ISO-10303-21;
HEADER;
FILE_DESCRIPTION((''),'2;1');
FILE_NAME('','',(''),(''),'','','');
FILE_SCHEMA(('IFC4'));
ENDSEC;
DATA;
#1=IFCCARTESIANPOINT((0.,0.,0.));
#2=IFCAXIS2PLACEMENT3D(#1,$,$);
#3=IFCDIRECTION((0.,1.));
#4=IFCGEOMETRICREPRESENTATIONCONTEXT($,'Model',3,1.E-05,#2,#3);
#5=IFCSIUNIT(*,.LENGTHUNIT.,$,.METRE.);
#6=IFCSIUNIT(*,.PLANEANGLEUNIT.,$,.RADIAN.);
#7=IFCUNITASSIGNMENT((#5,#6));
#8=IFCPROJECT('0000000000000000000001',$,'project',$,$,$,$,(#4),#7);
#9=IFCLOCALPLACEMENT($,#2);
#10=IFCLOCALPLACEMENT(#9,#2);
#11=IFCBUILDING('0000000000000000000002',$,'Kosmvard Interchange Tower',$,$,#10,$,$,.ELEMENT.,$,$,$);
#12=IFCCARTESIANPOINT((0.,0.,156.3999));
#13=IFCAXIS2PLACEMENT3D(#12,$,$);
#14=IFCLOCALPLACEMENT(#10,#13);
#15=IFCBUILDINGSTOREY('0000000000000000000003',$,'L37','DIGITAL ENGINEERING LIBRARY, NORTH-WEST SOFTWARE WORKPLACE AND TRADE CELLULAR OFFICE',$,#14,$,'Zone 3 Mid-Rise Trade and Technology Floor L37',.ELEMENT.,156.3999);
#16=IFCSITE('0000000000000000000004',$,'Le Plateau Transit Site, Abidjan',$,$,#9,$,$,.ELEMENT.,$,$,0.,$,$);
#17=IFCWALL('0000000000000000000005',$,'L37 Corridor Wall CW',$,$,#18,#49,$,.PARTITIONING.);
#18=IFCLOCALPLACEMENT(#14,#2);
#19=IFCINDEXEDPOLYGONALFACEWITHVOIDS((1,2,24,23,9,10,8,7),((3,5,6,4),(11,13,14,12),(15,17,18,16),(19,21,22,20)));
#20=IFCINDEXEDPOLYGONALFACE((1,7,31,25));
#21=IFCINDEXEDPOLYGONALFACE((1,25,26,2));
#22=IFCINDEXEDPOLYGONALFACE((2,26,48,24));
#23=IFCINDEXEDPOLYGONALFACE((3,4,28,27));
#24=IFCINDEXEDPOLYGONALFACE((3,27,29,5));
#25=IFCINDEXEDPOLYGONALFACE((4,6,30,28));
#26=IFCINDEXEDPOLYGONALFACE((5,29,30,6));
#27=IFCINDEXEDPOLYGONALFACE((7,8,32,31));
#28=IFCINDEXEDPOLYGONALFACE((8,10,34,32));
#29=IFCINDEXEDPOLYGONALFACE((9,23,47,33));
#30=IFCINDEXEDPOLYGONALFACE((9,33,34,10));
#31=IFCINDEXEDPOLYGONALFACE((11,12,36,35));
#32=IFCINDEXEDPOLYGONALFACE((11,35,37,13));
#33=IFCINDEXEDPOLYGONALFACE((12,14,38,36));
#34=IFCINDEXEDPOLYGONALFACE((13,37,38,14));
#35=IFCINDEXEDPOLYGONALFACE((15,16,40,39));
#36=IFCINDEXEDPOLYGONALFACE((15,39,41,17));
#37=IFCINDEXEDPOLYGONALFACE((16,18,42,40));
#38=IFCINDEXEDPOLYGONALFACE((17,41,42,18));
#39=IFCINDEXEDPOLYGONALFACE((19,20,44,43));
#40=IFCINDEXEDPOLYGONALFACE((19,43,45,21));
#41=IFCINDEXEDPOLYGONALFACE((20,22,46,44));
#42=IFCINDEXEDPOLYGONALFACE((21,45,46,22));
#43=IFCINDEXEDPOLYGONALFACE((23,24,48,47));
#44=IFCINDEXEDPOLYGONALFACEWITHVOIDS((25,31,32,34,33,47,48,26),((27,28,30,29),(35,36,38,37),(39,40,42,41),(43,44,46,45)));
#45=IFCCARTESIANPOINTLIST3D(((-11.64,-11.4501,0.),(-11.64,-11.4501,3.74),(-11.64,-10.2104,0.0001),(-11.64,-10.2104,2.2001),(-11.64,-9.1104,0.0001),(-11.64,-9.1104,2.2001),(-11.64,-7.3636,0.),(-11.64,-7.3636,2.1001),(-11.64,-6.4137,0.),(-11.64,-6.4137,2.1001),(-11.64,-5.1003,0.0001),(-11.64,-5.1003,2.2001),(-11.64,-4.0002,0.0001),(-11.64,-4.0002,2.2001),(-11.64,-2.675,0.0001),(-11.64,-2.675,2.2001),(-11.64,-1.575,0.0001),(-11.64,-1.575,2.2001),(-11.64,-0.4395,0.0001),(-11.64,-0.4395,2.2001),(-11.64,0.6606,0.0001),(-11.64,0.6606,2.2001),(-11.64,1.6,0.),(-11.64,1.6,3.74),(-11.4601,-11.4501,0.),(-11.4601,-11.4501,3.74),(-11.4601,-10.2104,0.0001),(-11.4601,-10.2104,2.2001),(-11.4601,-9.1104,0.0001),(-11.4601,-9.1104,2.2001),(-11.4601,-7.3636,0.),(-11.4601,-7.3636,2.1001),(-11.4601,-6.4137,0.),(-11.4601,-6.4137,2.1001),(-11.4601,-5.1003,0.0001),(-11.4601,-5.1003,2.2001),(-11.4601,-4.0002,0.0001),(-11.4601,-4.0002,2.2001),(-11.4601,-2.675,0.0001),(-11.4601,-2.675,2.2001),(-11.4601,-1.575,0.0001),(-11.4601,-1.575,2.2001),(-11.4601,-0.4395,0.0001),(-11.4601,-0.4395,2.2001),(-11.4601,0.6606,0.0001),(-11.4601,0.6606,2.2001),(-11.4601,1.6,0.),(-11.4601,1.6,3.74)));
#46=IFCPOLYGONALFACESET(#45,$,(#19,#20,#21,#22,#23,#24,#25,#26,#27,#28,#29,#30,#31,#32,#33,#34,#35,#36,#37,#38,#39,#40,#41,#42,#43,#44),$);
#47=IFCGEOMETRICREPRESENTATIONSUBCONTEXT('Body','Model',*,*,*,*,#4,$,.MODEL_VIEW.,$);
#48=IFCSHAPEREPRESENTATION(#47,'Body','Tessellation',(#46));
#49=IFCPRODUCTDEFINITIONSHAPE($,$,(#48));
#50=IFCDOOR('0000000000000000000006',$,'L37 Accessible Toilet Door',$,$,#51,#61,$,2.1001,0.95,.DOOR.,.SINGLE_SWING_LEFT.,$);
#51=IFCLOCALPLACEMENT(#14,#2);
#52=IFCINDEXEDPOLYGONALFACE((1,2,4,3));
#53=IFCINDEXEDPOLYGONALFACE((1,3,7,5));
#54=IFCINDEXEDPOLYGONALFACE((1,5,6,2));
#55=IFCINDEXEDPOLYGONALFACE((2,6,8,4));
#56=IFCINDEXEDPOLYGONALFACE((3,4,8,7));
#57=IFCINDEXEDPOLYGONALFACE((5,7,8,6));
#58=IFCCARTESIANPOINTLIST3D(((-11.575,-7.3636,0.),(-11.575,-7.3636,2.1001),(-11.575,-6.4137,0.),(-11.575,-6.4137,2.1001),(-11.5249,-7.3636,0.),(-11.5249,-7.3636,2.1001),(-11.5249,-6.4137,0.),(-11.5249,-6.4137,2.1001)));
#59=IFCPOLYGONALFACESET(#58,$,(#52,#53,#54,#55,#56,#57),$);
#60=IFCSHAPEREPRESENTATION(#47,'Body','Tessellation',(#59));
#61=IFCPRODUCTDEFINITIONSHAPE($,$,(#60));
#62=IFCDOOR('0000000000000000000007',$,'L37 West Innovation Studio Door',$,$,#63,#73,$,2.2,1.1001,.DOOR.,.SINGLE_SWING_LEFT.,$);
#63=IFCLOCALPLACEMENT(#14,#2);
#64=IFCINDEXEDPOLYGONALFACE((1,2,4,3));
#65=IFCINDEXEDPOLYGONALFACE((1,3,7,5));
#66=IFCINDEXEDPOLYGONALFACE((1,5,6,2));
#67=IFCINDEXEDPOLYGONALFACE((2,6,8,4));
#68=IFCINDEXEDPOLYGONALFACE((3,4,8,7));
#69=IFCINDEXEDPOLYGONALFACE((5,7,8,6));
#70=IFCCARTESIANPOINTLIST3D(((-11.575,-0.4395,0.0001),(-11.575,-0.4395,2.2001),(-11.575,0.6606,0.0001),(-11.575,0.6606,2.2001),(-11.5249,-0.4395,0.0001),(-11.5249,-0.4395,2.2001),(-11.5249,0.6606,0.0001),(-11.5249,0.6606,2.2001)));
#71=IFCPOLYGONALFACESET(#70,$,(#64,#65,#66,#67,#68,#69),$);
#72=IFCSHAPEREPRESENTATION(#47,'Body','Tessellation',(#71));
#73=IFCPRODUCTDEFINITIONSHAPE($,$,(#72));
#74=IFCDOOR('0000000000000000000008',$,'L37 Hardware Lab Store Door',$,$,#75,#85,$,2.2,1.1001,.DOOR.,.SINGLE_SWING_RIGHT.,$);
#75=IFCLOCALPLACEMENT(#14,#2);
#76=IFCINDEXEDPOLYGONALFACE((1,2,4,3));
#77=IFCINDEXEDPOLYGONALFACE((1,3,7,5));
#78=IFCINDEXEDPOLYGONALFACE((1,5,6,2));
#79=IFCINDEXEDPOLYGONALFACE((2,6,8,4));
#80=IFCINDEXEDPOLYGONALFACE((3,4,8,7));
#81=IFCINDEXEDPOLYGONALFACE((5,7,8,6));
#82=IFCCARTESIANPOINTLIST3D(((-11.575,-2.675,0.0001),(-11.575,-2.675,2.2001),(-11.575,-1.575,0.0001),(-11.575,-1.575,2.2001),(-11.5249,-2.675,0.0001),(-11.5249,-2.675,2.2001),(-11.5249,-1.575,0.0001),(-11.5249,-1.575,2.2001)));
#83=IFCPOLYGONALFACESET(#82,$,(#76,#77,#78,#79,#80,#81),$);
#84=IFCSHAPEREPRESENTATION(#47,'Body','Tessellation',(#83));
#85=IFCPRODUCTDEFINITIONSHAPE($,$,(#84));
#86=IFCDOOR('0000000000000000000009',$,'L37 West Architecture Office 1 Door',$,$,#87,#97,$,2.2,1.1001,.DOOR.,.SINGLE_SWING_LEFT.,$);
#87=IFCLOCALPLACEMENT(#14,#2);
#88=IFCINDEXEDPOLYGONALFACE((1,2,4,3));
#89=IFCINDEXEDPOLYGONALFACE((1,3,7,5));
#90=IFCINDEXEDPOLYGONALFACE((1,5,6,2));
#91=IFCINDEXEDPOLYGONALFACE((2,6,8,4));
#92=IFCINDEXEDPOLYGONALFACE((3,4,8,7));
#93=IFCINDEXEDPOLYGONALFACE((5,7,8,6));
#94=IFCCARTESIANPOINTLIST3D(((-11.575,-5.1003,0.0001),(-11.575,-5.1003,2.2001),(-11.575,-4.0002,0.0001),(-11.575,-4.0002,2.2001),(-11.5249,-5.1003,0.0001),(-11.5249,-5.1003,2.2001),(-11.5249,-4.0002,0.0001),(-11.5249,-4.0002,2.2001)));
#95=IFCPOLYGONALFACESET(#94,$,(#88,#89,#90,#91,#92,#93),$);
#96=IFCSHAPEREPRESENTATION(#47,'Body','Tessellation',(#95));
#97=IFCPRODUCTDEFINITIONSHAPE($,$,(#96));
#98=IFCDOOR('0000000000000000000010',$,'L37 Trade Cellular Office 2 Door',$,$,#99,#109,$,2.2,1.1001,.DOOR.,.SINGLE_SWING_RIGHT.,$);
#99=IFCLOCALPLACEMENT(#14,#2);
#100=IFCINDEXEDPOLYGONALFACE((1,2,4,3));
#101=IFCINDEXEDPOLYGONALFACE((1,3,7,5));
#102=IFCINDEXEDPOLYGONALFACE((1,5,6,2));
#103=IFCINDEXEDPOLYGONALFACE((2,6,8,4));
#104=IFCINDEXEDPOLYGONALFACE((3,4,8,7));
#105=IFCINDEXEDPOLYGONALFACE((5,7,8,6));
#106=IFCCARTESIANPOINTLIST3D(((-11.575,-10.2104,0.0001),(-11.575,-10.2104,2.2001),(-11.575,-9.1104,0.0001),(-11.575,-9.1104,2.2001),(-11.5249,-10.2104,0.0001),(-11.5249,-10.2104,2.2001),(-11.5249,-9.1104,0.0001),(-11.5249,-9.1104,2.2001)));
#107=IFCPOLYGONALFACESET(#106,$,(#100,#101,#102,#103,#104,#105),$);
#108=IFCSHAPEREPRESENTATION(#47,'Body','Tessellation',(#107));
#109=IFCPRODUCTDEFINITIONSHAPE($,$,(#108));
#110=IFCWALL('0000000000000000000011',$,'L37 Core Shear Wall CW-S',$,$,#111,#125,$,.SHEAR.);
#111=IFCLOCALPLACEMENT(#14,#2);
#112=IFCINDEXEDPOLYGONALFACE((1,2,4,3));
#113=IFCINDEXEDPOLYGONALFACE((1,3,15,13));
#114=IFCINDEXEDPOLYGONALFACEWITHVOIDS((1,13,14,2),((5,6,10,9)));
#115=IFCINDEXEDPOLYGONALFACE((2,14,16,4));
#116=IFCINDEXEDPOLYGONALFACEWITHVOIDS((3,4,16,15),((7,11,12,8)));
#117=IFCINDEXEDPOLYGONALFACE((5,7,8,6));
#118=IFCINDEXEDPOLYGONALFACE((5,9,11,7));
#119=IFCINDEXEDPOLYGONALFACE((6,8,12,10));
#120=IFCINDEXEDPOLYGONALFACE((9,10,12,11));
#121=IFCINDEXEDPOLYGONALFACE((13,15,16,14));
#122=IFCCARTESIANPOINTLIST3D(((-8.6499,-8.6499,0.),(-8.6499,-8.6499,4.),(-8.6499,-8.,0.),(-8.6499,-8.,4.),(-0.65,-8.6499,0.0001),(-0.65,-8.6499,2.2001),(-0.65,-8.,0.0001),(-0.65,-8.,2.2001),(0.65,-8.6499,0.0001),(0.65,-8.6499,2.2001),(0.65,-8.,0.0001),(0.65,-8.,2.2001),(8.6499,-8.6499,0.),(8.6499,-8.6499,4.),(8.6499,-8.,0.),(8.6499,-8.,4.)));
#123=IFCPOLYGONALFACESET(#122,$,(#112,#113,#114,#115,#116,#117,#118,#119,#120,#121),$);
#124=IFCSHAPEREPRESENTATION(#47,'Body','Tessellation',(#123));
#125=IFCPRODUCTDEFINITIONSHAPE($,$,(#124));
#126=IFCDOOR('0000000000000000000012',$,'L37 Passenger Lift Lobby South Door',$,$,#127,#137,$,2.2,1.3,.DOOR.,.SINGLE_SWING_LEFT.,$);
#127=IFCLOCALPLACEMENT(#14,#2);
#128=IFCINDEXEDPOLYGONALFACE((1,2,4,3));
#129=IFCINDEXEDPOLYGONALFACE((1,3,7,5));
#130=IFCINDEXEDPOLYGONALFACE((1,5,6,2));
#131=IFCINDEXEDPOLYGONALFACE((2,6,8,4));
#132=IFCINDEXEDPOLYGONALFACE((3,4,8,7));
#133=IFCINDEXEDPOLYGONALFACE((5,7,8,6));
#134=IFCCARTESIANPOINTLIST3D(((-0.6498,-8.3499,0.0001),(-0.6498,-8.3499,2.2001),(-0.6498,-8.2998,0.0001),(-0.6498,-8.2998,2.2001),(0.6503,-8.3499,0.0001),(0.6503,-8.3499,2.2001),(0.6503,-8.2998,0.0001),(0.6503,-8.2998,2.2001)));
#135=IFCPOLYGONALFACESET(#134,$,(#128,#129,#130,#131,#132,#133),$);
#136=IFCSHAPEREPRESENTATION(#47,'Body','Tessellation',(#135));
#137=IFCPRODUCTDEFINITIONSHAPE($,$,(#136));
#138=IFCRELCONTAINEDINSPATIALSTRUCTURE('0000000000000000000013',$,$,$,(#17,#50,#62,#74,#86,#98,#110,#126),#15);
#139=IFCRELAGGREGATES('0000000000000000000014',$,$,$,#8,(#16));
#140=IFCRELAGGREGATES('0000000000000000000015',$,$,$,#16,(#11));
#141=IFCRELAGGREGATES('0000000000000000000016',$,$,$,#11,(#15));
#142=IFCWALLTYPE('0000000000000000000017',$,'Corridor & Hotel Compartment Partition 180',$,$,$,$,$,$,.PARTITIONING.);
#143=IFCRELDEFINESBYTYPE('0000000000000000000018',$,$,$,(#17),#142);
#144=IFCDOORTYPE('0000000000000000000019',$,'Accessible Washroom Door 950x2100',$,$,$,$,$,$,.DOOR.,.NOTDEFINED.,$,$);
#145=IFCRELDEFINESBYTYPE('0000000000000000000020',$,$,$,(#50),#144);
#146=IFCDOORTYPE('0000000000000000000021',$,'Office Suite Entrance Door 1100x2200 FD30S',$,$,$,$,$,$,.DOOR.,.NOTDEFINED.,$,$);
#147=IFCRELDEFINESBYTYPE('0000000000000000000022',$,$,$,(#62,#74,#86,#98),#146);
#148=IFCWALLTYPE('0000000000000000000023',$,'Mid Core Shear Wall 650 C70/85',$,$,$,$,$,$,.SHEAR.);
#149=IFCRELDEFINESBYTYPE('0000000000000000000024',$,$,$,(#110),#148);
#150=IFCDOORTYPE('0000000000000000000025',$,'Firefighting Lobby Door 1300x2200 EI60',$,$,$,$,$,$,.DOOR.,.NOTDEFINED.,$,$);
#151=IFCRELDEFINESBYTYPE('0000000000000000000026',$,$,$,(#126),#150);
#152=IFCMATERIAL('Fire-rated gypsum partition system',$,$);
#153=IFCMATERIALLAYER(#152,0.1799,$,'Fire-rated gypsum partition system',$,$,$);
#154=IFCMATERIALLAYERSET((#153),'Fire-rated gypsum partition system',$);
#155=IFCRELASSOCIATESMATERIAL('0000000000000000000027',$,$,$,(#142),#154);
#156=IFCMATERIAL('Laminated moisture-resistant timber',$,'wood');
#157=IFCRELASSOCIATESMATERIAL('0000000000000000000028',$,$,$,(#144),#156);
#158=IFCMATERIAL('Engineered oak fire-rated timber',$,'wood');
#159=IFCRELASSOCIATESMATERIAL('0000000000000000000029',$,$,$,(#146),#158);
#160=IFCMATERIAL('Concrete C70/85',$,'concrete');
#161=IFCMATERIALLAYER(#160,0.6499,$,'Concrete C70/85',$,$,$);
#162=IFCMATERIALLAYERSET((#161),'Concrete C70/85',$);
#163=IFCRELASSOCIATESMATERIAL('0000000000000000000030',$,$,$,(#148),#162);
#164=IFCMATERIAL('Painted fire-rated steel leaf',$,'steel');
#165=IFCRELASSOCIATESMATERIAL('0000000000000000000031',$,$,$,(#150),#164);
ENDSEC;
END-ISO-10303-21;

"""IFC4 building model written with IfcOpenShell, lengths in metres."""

from ifc_helpers import new_model, si_unit, direction, frame, frame_2d, origin, place, context, subcontext, project, spatial, rectangle, extrude, source, transform, mapped, material, layer, layer_set, type_object, element, fill, save


model = new_model("IFC4")

# Units and contexts
model_context = context("Model", 3, precision=1e-05, world=origin(), true_north=direction((0.0, 1.0)))
body_context = subcontext(model_context, "Body", "Model", "MODEL_VIEW")
ifc_project = project(units=[si_unit("LENGTHUNIT", "METRE"), si_unit("PLANEANGLEUNIT", "RADIAN")], contexts=[model_context])

# Site, building, storey
site_placement = place(None, origin())
site = spatial("IfcSite", under=ifc_project, at=site_placement, Name="Le Plateau Transit Site, Abidjan", CompositionType="ELEMENT", RefElevation=0.0)
building_placement = place(site_placement, origin())
building = spatial("IfcBuilding", under=site, at=building_placement, Name="Kosmvard Interchange Tower", CompositionType="ELEMENT")
storey_placement = place(building_placement, frame((0.0, 0.0, 156.3999)))
storey = spatial("IfcBuildingStorey", under=building, at=storey_placement, Name="L37", Description="DIGITAL ENGINEERING LIBRARY, NORTH-WEST SOFTWARE WORKPLACE AND TRADE CELLULAR OFFICE", LongName="Zone 3 Mid-Rise Trade and Technology Floor L37", CompositionType="ELEMENT", Elevation=156.3999)

# Wall, openings, doors
ifc_material_1 = material(Name="Fire-rated gypsum partition system")
ifc_layer_1 = layer(ifc_material_1, 0.1799, Name="Fire-rated gypsum partition system")
ifc_layer_set_1 = layer_set([ifc_layer_1], Name="Fire-rated gypsum partition system")
wall_type_1 = type_object("IfcWallType", Name="Corridor & Hotel Compartment Partition 180", PredefinedType="PARTITIONING", material=ifc_layer_set_1)
ifc_material_2 = material(Name="Laminated moisture-resistant timber", Category="wood")
door_type_1 = type_object("IfcDoorType", Name="Accessible Washroom Door 950x2100", OperationType="NOTDEFINED", PredefinedType="DOOR", material=ifc_material_2)
shared_shape_1 = source(origin(), body_context, "Body", "SweptSolid", [
    extrude(rectangle(XDim=0.95, YDim=2.1001, at=frame_2d((0.4751, 1.05))), frame((0.0, 0.0249, 0.0), z_axis=(0.0, -1.0, 0.0), x_axis=(1.0, 0.0, 0.0)), (0.0, 0.0, 1.0), 0.05),
])
ifc_material_3 = material(Name="Engineered oak fire-rated timber", Category="wood")
door_type_2 = type_object("IfcDoorType", Name="Office Suite Entrance Door 1100x2200 FD30S", OperationType="NOTDEFINED", PredefinedType="DOOR", material=ifc_material_3)
shared_shape_2 = source(origin(), body_context, "Body", "SweptSolid", [
    extrude(rectangle(XDim=1.1001, YDim=2.2, at=frame_2d((0.55, 1.1001))), frame((0.0, 0.0249, 0.0), z_axis=(0.0, -1.0, 0.0), x_axis=(1.0, 0.0, 0.0)), (0.0, 0.0, 1.0), 0.05),
])
wall_1_placement = place(storey_placement, frame((-11.55, -11.45, 0.0), z_axis=(0.0, 0.0, 1.0), x_axis=(0.0, 1.0, 0.0)))
wall_1 = element("IfcWall", 1, at=wall_1_placement, inside=storey, type_object=wall_type_1, Name="L37 Corridor Wall CW", PredefinedType="PARTITIONING", context=body_context, shape_type="SweptSolid", body=[
    extrude(rectangle(XDim=13.05, YDim=0.1799, at=frame_2d((6.5249, 0.0))), origin(), (0.0, 0.0, 1.0), 3.74),
])
opening_1_placement = place(wall_1_placement, frame((4.0862, 0.0, 0.0)))
opening_1 = element("IfcOpeningElement", 2, at=opening_1_placement, cuts=wall_1, PredefinedType="OPENING", context=body_context, shape_type="SweptSolid", body=[
    extrude(rectangle(XDim=0.95, YDim=2.1001, at=frame_2d((0.4751, 1.05))), frame((0.0, 0.1001, 0.0), z_axis=(0.0, -1.0, 0.0), x_axis=(1.0, 0.0, 0.0)), (0.0, 0.0, 1.0), 0.2),
])
opening_2_placement = place(wall_1_placement, frame((11.0105, 0.0, 0.0)))
opening_2 = element("IfcOpeningElement", 3, at=opening_2_placement, cuts=wall_1, PredefinedType="OPENING", context=body_context, shape_type="SweptSolid", body=[
    extrude(rectangle(XDim=1.1001, YDim=2.2, at=frame_2d((0.55, 1.1001))), frame((0.0, 0.1001, 0.0), z_axis=(0.0, -1.0, 0.0), x_axis=(1.0, 0.0, 0.0)), (0.0, 0.0, 1.0), 0.2),
])
opening_3_placement = place(wall_1_placement, frame((8.7749, 0.0, 0.0)))
opening_3 = element("IfcOpeningElement", 4, at=opening_3_placement, cuts=wall_1, PredefinedType="OPENING", context=body_context, shape_type="SweptSolid", body=[
    extrude(rectangle(XDim=1.1001, YDim=2.2, at=frame_2d((0.55, 1.1001))), frame((0.0, 0.1001, 0.0), z_axis=(0.0, -1.0, 0.0), x_axis=(1.0, 0.0, 0.0)), (0.0, 0.0, 1.0), 0.2),
])
opening_4_placement = place(wall_1_placement, frame((6.3496, 0.0, 0.0)))
opening_4 = element("IfcOpeningElement", 5, at=opening_4_placement, cuts=wall_1, PredefinedType="OPENING", context=body_context, shape_type="SweptSolid", body=[
    extrude(rectangle(XDim=1.1001, YDim=2.2, at=frame_2d((0.55, 1.1001))), frame((0.0, 0.1001, 0.0), z_axis=(0.0, -1.0, 0.0), x_axis=(1.0, 0.0, 0.0)), (0.0, 0.0, 1.0), 0.2),
])
opening_5_placement = place(wall_1_placement, frame((1.2395, 0.0, 0.0)))
opening_5 = element("IfcOpeningElement", 6, at=opening_5_placement, cuts=wall_1, PredefinedType="OPENING", context=body_context, shape_type="SweptSolid", body=[
    extrude(rectangle(XDim=1.1001, YDim=2.2, at=frame_2d((0.55, 1.1001))), frame((0.0, 0.1001, 0.0), z_axis=(0.0, -1.0, 0.0), x_axis=(1.0, 0.0, 0.0)), (0.0, 0.0, 1.0), 0.2),
])
door_1_placement = place(opening_1_placement, origin())
door_1 = element("IfcDoor", 7, at=door_1_placement, inside=storey, type_object=door_type_1, Name="L37 Accessible Toilet Door", OperationType="SINGLE_SWING_LEFT", OverallHeight=2.1001, OverallWidth=0.95, PredefinedType="DOOR", context=body_context, shape_type="MappedRepresentation", body=[
    mapped(shared_shape_1, transform((0.0, 0.0, 0.0), scale=1.0)),
])
fill(opening_1, door_1)
door_2_placement = place(opening_2_placement, origin())
door_2 = element("IfcDoor", 8, at=door_2_placement, inside=storey, type_object=door_type_2, Name="L37 West Innovation Studio Door", OperationType="SINGLE_SWING_LEFT", OverallHeight=2.2, OverallWidth=1.1001, PredefinedType="DOOR", context=body_context, shape_type="MappedRepresentation", body=[
    mapped(shared_shape_2, transform((0.0, 0.0, 0.0), scale=1.0)),
])
fill(opening_2, door_2)
door_3_placement = place(opening_3_placement, origin())
door_3 = element("IfcDoor", 9, at=door_3_placement, inside=storey, type_object=door_type_2, Name="L37 Hardware Lab Store Door", OperationType="SINGLE_SWING_RIGHT", OverallHeight=2.2, OverallWidth=1.1001, PredefinedType="DOOR", context=body_context, shape_type="MappedRepresentation", body=[
    mapped(shared_shape_2, transform((0.0, 0.0, 0.0), scale=1.0)),
])
fill(opening_3, door_3)
door_4_placement = place(opening_4_placement, origin())
door_4 = element("IfcDoor", 10, at=door_4_placement, inside=storey, type_object=door_type_2, Name="L37 West Architecture Office 1 Door", OperationType="SINGLE_SWING_LEFT", OverallHeight=2.2, OverallWidth=1.1001, PredefinedType="DOOR", context=body_context, shape_type="MappedRepresentation", body=[
    mapped(shared_shape_2, transform((0.0, 0.0, 0.0), scale=1.0)),
])
fill(opening_4, door_4)
door_5_placement = place(opening_5_placement, origin())
door_5 = element("IfcDoor", 11, at=door_5_placement, inside=storey, type_object=door_type_2, Name="L37 Trade Cellular Office 2 Door", OperationType="SINGLE_SWING_RIGHT", OverallHeight=2.2, OverallWidth=1.1001, PredefinedType="DOOR", context=body_context, shape_type="MappedRepresentation", body=[
    mapped(shared_shape_2, transform((0.0, 0.0, 0.0), scale=1.0)),
])
fill(opening_5, door_5)

# Wall, opening, door
ifc_material_4 = material(Name="Concrete C70/85", Category="concrete")
ifc_layer_2 = layer(ifc_material_4, 0.6499, Name="Concrete C70/85")
ifc_layer_set_2 = layer_set([ifc_layer_2], Name="Concrete C70/85")
wall_type_2 = type_object("IfcWallType", Name="Mid Core Shear Wall 650 C70/85", PredefinedType="SHEAR", material=ifc_layer_set_2)
wall_2_placement = place(storey_placement, frame((-8.6499, -8.325, 0.0), z_axis=(0.0, 0.0, 1.0), x_axis=(1.0, 0.0, 0.0)))
wall_2 = element("IfcWall", 12, at=wall_2_placement, inside=storey, type_object=wall_type_2, Name="L37 Core Shear Wall CW-S", PredefinedType="SHEAR", context=body_context, shape_type="SweptSolid", body=[
    extrude(rectangle(XDim=17.2998, YDim=0.6499, at=frame_2d((8.6499, 0.0))), origin(), (0.0, 0.0, 1.0), 4.0),
])
opening_6_placement = place(wall_2_placement, frame((8.0, 0.0, 0.0)))
opening_6 = element("IfcOpeningElement", 13, at=opening_6_placement, cuts=wall_2, PredefinedType="OPENING", context=body_context, shape_type="SweptSolid", body=[
    extrude(rectangle(XDim=1.3, YDim=2.2, at=frame_2d((0.6499, 1.1001))), frame((0.0, 0.335, 0.0), z_axis=(0.0, -1.0, 0.0), x_axis=(1.0, 0.0, 0.0)), (0.0, 0.0, 1.0), 0.6699),
])
ifc_material_5 = material(Name="Painted fire-rated steel leaf", Category="steel")
door_type_3 = type_object("IfcDoorType", Name="Firefighting Lobby Door 1300x2200 EI60", OperationType="NOTDEFINED", PredefinedType="DOOR", material=ifc_material_5)
shared_shape_3 = source(origin(), body_context, "Body", "SweptSolid", [
    extrude(rectangle(XDim=1.3, YDim=2.2, at=frame_2d((0.6499, 1.1001))), frame((0.0, 0.0249, 0.0), z_axis=(0.0, -1.0, 0.0), x_axis=(1.0, 0.0, 0.0)), (0.0, 0.0, 1.0), 0.05),
])
door_6_placement = place(opening_6_placement, frame((1.3, 0.0, 0.0), z_axis=(0.0, 0.0, 1.0), x_axis=(-1.0, 0.0, 0.0)))
door_6 = element("IfcDoor", 14, at=door_6_placement, inside=storey, type_object=door_type_3, Name="L37 Passenger Lift Lobby South Door", OperationType="SINGLE_SWING_LEFT", OverallHeight=2.2, OverallWidth=1.3, PredefinedType="DOOR", context=body_context, shape_type="MappedRepresentation", body=[
    mapped(shared_shape_3, transform((0.0, 0.0, 0.0), scale=1.0)),
])
fill(opening_6, door_6)

save(model, "model.ifc")
